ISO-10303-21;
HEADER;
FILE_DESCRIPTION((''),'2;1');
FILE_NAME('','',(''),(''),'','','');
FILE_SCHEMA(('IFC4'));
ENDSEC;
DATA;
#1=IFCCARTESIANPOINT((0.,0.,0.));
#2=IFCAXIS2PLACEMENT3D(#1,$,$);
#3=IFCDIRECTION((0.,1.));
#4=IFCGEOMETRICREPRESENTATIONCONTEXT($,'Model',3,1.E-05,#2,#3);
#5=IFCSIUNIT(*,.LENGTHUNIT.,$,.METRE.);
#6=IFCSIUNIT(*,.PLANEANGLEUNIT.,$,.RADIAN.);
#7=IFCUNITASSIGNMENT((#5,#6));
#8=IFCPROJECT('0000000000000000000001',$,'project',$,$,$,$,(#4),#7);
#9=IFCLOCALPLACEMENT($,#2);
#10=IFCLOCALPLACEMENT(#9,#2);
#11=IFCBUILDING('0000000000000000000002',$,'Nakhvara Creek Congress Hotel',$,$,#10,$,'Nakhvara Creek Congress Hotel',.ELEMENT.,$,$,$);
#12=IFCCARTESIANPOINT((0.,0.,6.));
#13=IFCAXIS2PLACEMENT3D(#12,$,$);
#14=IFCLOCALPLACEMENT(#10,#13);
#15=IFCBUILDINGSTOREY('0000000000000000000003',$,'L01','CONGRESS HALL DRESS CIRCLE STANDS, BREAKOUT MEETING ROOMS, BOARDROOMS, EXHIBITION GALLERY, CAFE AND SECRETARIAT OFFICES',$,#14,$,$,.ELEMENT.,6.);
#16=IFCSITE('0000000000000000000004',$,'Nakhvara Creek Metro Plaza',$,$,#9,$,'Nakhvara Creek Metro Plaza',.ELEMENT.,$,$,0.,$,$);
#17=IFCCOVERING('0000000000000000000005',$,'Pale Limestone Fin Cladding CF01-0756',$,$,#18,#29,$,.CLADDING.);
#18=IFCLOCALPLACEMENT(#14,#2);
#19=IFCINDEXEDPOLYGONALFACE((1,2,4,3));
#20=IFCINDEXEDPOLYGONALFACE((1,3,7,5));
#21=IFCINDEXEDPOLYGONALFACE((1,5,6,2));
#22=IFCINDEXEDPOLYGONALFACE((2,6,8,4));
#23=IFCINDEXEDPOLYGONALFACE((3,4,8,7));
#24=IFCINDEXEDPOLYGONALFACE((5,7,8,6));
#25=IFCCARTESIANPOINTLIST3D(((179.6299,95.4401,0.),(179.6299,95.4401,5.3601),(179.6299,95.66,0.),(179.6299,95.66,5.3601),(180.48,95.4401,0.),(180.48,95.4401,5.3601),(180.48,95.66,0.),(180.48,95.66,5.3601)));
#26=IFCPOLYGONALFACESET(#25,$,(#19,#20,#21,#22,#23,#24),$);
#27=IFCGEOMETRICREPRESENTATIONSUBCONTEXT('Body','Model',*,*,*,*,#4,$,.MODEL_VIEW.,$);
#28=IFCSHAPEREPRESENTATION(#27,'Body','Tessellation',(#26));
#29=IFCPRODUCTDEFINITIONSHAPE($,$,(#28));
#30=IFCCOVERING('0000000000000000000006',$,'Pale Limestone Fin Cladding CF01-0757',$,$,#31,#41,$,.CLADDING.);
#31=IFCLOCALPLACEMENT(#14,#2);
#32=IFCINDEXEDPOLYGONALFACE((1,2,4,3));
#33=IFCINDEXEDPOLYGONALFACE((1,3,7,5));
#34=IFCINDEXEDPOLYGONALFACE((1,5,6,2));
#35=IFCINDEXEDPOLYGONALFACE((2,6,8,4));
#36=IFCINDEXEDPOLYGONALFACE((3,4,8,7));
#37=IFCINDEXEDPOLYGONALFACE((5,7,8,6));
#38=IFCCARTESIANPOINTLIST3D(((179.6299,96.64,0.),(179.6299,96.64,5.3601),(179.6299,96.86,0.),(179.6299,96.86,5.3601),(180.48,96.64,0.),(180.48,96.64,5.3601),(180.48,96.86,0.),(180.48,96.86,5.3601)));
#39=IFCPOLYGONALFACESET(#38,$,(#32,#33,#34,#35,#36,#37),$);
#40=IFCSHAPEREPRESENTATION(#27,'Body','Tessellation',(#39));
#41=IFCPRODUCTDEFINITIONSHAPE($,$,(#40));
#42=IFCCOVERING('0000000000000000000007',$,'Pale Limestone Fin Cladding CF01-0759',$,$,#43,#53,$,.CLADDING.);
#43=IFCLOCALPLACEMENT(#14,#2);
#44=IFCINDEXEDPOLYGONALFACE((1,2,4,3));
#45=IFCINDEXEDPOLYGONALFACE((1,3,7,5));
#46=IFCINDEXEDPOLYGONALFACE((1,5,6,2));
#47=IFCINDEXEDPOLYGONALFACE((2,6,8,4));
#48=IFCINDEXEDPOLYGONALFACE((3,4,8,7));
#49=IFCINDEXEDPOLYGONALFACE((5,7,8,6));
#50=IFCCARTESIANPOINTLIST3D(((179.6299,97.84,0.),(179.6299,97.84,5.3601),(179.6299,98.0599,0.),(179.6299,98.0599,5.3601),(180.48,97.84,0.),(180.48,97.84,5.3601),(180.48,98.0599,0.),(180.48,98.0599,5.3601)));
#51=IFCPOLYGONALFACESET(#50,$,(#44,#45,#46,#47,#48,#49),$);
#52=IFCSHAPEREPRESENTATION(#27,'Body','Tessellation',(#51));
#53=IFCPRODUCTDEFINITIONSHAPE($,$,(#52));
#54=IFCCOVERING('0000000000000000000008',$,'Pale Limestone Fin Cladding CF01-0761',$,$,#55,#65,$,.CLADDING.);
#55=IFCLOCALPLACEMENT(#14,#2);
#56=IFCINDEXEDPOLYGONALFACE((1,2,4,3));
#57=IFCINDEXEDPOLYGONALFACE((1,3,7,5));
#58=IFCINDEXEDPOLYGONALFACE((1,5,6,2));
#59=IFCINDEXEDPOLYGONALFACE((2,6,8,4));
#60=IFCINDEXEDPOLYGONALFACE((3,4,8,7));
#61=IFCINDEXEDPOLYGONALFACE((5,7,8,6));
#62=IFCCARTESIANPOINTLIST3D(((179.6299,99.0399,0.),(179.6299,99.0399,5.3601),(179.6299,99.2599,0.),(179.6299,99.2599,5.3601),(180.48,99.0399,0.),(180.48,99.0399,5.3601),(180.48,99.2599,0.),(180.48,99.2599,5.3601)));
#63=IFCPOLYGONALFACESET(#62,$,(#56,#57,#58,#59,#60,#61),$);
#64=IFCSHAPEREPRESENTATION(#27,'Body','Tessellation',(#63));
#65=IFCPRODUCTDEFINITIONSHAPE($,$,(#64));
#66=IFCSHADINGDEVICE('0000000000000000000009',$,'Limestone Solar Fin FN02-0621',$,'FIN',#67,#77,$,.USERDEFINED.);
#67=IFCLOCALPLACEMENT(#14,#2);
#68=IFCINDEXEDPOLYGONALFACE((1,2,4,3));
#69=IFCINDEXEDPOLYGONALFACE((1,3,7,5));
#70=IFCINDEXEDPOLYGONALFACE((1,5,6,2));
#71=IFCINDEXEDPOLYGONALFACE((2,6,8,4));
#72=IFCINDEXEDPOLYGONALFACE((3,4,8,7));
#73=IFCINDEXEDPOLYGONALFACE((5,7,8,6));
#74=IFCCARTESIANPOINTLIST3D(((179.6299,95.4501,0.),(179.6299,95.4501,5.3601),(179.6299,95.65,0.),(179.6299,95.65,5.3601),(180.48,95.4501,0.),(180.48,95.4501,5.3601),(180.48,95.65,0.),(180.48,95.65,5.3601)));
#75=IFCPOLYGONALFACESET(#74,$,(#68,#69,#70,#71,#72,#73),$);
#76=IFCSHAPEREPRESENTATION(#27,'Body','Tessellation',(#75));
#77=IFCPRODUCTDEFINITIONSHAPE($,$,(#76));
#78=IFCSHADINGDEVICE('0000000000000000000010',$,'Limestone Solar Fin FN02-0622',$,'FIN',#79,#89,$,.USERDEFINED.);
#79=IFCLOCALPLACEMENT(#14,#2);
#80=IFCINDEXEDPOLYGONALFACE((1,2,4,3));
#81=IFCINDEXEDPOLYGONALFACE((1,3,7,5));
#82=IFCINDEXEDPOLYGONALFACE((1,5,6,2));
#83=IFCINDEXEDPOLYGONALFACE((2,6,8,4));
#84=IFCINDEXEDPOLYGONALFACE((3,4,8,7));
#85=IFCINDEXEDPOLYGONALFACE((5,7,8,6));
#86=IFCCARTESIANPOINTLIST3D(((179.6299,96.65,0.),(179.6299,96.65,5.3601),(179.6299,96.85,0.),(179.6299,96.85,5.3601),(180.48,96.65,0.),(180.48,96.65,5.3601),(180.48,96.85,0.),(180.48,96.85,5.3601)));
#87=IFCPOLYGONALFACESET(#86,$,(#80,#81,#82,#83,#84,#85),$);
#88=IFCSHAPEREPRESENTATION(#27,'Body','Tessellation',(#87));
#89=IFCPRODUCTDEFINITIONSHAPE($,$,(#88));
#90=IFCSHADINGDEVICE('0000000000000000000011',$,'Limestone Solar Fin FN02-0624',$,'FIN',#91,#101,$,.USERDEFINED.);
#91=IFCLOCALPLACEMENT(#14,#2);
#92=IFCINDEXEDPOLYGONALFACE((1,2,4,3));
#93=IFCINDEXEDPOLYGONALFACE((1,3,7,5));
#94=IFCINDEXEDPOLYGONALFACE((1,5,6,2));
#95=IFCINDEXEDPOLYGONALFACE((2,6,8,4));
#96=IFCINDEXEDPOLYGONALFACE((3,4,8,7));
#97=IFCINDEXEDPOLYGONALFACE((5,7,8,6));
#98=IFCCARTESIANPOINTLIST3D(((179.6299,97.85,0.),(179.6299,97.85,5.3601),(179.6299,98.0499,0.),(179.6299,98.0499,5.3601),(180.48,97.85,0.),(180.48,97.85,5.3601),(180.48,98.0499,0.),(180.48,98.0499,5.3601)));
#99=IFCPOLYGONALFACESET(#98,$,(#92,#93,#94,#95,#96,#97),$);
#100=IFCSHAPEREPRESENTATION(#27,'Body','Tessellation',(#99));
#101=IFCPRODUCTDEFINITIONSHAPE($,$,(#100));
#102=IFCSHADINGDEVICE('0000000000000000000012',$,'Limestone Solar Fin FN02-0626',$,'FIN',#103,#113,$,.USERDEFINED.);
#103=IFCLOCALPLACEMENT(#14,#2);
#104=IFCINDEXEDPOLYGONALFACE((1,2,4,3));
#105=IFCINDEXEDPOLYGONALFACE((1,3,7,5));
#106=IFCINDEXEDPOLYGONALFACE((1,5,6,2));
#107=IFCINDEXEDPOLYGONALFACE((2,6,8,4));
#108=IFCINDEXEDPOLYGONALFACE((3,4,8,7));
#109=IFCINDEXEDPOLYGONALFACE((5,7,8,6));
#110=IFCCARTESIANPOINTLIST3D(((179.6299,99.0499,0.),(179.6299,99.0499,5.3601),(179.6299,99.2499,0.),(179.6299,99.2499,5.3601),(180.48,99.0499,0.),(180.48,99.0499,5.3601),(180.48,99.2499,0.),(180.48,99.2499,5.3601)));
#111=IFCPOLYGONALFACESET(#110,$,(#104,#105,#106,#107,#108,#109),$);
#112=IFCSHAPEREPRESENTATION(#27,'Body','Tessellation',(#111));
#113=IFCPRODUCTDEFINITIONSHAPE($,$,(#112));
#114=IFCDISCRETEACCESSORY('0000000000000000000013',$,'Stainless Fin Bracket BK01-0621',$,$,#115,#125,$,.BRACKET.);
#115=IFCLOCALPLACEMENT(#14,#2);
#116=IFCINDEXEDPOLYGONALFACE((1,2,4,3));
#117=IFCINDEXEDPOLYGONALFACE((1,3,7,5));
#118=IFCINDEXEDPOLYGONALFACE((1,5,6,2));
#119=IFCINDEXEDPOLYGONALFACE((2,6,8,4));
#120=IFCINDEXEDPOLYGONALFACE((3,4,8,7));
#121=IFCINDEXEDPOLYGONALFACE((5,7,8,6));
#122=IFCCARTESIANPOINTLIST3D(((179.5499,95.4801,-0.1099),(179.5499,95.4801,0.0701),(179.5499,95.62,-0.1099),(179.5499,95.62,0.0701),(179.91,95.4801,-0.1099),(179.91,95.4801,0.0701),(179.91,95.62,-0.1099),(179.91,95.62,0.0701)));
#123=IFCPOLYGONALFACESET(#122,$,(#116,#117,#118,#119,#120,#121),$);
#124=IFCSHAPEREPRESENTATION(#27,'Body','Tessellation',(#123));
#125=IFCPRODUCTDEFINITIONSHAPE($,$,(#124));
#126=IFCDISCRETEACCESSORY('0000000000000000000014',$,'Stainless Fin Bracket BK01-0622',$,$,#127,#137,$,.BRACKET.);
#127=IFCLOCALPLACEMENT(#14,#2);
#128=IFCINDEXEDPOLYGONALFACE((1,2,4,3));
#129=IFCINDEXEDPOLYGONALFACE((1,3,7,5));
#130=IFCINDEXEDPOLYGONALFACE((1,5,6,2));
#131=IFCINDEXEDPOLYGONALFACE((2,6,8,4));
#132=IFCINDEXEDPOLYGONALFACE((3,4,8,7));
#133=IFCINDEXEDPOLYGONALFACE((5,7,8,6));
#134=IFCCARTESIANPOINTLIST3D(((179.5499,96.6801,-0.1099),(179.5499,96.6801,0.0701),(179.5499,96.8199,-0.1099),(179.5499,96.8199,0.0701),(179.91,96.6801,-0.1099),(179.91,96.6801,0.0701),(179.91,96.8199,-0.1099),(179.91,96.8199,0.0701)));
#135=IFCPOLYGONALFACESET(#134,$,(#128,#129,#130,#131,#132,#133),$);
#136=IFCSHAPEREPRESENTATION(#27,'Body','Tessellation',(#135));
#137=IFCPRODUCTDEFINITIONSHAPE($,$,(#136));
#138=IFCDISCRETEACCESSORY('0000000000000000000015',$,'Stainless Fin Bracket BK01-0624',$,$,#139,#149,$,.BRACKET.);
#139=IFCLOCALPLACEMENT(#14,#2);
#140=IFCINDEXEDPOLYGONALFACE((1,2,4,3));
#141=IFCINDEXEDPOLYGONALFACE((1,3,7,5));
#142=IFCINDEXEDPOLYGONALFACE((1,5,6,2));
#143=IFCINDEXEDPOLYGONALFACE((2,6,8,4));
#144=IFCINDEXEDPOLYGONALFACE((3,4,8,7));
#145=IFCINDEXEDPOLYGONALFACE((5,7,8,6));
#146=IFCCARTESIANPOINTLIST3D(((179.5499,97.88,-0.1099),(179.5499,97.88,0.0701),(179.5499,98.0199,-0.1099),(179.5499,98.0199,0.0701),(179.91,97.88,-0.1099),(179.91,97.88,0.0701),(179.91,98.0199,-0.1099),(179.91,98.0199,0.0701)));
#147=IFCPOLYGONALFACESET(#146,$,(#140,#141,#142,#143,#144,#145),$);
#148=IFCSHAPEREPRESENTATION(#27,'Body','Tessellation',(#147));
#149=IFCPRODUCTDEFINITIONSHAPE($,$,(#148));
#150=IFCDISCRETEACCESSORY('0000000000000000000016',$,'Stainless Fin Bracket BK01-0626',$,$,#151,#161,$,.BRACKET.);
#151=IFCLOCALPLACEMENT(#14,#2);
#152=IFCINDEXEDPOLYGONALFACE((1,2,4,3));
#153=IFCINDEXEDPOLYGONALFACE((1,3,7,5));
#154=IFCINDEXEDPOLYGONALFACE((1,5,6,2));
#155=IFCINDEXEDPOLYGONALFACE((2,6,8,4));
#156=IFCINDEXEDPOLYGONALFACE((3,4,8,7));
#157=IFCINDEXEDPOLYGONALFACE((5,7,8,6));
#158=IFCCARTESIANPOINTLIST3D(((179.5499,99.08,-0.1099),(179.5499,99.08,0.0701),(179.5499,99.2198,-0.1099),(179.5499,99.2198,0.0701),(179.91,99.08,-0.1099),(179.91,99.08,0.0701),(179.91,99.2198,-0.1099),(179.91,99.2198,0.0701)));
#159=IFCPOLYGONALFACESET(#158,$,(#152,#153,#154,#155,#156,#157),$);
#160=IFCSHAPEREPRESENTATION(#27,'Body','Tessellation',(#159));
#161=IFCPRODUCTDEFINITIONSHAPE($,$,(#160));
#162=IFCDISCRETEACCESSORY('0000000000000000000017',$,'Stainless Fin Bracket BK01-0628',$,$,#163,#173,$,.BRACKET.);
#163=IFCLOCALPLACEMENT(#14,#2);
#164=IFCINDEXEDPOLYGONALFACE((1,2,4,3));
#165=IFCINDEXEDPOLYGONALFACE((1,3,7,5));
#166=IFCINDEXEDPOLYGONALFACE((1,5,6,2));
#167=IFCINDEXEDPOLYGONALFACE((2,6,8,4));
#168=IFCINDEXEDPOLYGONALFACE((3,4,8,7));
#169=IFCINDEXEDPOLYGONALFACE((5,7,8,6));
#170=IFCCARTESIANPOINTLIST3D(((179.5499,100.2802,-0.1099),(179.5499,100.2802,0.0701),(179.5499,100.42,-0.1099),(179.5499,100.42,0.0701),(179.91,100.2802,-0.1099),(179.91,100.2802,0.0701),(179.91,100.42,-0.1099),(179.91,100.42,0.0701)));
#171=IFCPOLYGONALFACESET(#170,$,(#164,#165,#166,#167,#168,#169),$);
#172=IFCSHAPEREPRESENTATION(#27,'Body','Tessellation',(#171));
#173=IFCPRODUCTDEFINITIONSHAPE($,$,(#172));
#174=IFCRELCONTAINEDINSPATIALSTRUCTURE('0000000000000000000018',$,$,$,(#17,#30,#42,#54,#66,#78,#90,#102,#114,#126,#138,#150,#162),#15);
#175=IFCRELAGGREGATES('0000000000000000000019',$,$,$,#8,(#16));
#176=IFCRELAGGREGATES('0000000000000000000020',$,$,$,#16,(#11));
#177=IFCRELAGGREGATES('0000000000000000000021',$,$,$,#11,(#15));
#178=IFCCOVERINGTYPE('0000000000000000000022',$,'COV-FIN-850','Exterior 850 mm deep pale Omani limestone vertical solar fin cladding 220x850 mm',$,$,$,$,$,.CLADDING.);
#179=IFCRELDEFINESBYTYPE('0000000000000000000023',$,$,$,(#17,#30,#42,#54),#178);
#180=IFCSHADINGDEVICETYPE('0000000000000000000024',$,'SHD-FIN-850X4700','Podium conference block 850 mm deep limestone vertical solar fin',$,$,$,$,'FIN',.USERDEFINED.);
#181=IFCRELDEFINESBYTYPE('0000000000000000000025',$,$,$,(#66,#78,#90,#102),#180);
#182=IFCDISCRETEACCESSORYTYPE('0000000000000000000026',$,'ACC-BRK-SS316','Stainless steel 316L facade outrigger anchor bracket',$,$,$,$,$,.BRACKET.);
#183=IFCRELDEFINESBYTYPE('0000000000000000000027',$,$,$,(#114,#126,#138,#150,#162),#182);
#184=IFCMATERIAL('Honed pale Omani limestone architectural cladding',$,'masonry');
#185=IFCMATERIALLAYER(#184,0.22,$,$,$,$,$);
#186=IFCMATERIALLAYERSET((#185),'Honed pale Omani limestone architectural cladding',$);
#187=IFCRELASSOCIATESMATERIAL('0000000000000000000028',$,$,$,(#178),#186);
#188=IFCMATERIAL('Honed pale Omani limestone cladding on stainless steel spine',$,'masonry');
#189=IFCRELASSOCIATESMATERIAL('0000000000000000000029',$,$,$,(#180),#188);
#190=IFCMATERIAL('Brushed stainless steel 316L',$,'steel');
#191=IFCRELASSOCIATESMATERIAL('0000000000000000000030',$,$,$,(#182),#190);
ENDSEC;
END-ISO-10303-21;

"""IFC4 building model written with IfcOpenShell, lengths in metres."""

from ifc_helpers import new_model, si_unit, direction, frame, origin, origin_2d, place, context, subcontext, project, spatial, rectangle, extrude, material, layer, layer_set, type_object, element, save


model = new_model("IFC4")

# Units and contexts
model_context = context("Model", 3, precision=1e-05, world=origin(), true_north=direction((0.0, 1.0)))
body_context = subcontext(model_context, "Body", "Model", "MODEL_VIEW")
ifc_project = project(units=[si_unit("LENGTHUNIT", "METRE"), si_unit("PLANEANGLEUNIT", "RADIAN")], contexts=[model_context])

# Site, building, storey
site_placement = place(None, origin())
site = spatial("IfcSite", under=ifc_project, at=site_placement, Name="Nakhvara Creek Metro Plaza", LongName="Nakhvara Creek Metro Plaza", CompositionType="ELEMENT", RefElevation=0.0)
building_placement = place(site_placement, origin())
building = spatial("IfcBuilding", under=site, at=building_placement, Name="Nakhvara Creek Congress Hotel", LongName="Nakhvara Creek Congress Hotel", CompositionType="ELEMENT")
storey_placement = place(building_placement, frame((0.0, 0.0, 6.0)))
storey = spatial("IfcBuildingStorey", under=building, at=storey_placement, Name="L01", Description="CONGRESS HALL DRESS CIRCLE STANDS, BREAKOUT MEETING ROOMS, BOARDROOMS, EXHIBITION GALLERY, CAFE AND SECRETARIAT OFFICES", CompositionType="ELEMENT", Elevation=6.0)

# Coverings
ifc_material_1 = material(Name="Honed pale Omani limestone architectural cladding", Category="masonry")
ifc_layer_1 = layer(ifc_material_1, 0.22)
ifc_layer_set_1 = layer_set([ifc_layer_1], Name="Honed pale Omani limestone architectural cladding")
covering_type = type_object("IfcCoveringType", Name="COV-FIN-850", Description="Exterior 850 mm deep pale Omani limestone vertical solar fin cladding 220x850 mm", PredefinedType="CLADDING", material=ifc_layer_set_1)
for number, where, z_axis, x_axis, name in (
    (1, (180.0549, 95.55, 0.0), (0.0, 0.0, 1.0), (0.0, 1.0, 0.0), "Pale Limestone Fin Cladding CF01-0756"),
    (2, (180.0549, 96.75, 0.0), (0.0, 0.0, 1.0), (0.0, 1.0, 0.0), "Pale Limestone Fin Cladding CF01-0757"),
    (3, (180.0549, 97.95, 0.0), (0.0, 0.0, 1.0), (0.0, 1.0, 0.0), "Pale Limestone Fin Cladding CF01-0759"),
    (4, (180.0549, 99.1499, 0.0), (0.0, 0.0, 1.0), (0.0, 1.0, 0.0), "Pale Limestone Fin Cladding CF01-0761"),
):
    element("IfcCovering", number, at=place(storey_placement, frame(where, z_axis=z_axis, x_axis=x_axis)), inside=storey, type_object=covering_type, Name=name, PredefinedType="CLADDING", context=body_context, shape_type="SweptSolid", body=[
        extrude(rectangle(XDim=0.22, YDim=0.8501, at=origin_2d()), origin(), (0.0, 0.0, 1.0), 5.3601),
    ])

# Shading devices
ifc_material_2 = material(Name="Honed pale Omani limestone cladding on stainless steel spine", Category="masonry")
shading_device_type = type_object("IfcShadingDeviceType", Name="SHD-FIN-850X4700", Description="Podium conference block 850 mm deep limestone vertical solar fin", ElementType="FIN", PredefinedType="USERDEFINED", material=ifc_material_2)
for number, where, z_axis, x_axis, name in (
    (5, (180.0549, 95.55, 0.0), (0.0, 0.0, 1.0), (0.0, 1.0, 0.0), "Limestone Solar Fin FN02-0621"),
    (6, (180.0549, 96.75, 0.0), (0.0, 0.0, 1.0), (0.0, 1.0, 0.0), "Limestone Solar Fin FN02-0622"),
    (7, (180.0549, 97.95, 0.0), (0.0, 0.0, 1.0), (0.0, 1.0, 0.0), "Limestone Solar Fin FN02-0624"),
    (8, (180.0549, 99.1499, 0.0), (0.0, 0.0, 1.0), (0.0, 1.0, 0.0), "Limestone Solar Fin FN02-0626"),
):
    element("IfcShadingDevice", number, at=place(storey_placement, frame(where, z_axis=z_axis, x_axis=x_axis)), inside=storey, type_object=shading_device_type, Name=name, ObjectType="FIN", PredefinedType="USERDEFINED", context=body_context, shape_type="SweptSolid", body=[
        extrude(rectangle(XDim=0.2, YDim=0.8501, at=origin_2d()), origin(), (0.0, 0.0, 1.0), 5.3601),
    ])

# Discrete accessories
ifc_material_3 = material(Name="Brushed stainless steel 316L", Category="steel")
discrete_accessory_type = type_object("IfcDiscreteAccessoryType", Name="ACC-BRK-SS316", Description="Stainless steel 316L facade outrigger anchor bracket", PredefinedType="BRACKET", material=ifc_material_3)
for number, where, z_axis, x_axis, name in (
    (9, (179.73, 95.55, -0.1099), (0.0, 0.0, 1.0), (0.0, 1.0, 0.0), "Stainless Fin Bracket BK01-0621"),
    (10, (179.73, 96.75, -0.1099), (0.0, 0.0, 1.0), (0.0, 1.0, 0.0), "Stainless Fin Bracket BK01-0622"),
    (11, (179.73, 97.95, -0.1099), (0.0, 0.0, 1.0), (0.0, 1.0, 0.0), "Stainless Fin Bracket BK01-0624"),
    (12, (179.73, 99.1499, -0.1099), (0.0, 0.0, 1.0), (0.0, 1.0, 0.0), "Stainless Fin Bracket BK01-0626"),
    (13, (179.73, 100.3501, -0.1099), (0.0, 0.0, 1.0), (0.0, 1.0, 0.0), "Stainless Fin Bracket BK01-0628"),
):
    element("IfcDiscreteAccessory", number, at=place(storey_placement, frame(where, z_axis=z_axis, x_axis=x_axis)), inside=storey, type_object=discrete_accessory_type, Name=name, PredefinedType="BRACKET", context=body_context, shape_type="SweptSolid", body=[
        extrude(rectangle(XDim=0.1399, YDim=0.3601, at=origin_2d()), origin(), (0.0, 0.0, 1.0), 0.1799),
    ])

save(model, "model.ifc")
